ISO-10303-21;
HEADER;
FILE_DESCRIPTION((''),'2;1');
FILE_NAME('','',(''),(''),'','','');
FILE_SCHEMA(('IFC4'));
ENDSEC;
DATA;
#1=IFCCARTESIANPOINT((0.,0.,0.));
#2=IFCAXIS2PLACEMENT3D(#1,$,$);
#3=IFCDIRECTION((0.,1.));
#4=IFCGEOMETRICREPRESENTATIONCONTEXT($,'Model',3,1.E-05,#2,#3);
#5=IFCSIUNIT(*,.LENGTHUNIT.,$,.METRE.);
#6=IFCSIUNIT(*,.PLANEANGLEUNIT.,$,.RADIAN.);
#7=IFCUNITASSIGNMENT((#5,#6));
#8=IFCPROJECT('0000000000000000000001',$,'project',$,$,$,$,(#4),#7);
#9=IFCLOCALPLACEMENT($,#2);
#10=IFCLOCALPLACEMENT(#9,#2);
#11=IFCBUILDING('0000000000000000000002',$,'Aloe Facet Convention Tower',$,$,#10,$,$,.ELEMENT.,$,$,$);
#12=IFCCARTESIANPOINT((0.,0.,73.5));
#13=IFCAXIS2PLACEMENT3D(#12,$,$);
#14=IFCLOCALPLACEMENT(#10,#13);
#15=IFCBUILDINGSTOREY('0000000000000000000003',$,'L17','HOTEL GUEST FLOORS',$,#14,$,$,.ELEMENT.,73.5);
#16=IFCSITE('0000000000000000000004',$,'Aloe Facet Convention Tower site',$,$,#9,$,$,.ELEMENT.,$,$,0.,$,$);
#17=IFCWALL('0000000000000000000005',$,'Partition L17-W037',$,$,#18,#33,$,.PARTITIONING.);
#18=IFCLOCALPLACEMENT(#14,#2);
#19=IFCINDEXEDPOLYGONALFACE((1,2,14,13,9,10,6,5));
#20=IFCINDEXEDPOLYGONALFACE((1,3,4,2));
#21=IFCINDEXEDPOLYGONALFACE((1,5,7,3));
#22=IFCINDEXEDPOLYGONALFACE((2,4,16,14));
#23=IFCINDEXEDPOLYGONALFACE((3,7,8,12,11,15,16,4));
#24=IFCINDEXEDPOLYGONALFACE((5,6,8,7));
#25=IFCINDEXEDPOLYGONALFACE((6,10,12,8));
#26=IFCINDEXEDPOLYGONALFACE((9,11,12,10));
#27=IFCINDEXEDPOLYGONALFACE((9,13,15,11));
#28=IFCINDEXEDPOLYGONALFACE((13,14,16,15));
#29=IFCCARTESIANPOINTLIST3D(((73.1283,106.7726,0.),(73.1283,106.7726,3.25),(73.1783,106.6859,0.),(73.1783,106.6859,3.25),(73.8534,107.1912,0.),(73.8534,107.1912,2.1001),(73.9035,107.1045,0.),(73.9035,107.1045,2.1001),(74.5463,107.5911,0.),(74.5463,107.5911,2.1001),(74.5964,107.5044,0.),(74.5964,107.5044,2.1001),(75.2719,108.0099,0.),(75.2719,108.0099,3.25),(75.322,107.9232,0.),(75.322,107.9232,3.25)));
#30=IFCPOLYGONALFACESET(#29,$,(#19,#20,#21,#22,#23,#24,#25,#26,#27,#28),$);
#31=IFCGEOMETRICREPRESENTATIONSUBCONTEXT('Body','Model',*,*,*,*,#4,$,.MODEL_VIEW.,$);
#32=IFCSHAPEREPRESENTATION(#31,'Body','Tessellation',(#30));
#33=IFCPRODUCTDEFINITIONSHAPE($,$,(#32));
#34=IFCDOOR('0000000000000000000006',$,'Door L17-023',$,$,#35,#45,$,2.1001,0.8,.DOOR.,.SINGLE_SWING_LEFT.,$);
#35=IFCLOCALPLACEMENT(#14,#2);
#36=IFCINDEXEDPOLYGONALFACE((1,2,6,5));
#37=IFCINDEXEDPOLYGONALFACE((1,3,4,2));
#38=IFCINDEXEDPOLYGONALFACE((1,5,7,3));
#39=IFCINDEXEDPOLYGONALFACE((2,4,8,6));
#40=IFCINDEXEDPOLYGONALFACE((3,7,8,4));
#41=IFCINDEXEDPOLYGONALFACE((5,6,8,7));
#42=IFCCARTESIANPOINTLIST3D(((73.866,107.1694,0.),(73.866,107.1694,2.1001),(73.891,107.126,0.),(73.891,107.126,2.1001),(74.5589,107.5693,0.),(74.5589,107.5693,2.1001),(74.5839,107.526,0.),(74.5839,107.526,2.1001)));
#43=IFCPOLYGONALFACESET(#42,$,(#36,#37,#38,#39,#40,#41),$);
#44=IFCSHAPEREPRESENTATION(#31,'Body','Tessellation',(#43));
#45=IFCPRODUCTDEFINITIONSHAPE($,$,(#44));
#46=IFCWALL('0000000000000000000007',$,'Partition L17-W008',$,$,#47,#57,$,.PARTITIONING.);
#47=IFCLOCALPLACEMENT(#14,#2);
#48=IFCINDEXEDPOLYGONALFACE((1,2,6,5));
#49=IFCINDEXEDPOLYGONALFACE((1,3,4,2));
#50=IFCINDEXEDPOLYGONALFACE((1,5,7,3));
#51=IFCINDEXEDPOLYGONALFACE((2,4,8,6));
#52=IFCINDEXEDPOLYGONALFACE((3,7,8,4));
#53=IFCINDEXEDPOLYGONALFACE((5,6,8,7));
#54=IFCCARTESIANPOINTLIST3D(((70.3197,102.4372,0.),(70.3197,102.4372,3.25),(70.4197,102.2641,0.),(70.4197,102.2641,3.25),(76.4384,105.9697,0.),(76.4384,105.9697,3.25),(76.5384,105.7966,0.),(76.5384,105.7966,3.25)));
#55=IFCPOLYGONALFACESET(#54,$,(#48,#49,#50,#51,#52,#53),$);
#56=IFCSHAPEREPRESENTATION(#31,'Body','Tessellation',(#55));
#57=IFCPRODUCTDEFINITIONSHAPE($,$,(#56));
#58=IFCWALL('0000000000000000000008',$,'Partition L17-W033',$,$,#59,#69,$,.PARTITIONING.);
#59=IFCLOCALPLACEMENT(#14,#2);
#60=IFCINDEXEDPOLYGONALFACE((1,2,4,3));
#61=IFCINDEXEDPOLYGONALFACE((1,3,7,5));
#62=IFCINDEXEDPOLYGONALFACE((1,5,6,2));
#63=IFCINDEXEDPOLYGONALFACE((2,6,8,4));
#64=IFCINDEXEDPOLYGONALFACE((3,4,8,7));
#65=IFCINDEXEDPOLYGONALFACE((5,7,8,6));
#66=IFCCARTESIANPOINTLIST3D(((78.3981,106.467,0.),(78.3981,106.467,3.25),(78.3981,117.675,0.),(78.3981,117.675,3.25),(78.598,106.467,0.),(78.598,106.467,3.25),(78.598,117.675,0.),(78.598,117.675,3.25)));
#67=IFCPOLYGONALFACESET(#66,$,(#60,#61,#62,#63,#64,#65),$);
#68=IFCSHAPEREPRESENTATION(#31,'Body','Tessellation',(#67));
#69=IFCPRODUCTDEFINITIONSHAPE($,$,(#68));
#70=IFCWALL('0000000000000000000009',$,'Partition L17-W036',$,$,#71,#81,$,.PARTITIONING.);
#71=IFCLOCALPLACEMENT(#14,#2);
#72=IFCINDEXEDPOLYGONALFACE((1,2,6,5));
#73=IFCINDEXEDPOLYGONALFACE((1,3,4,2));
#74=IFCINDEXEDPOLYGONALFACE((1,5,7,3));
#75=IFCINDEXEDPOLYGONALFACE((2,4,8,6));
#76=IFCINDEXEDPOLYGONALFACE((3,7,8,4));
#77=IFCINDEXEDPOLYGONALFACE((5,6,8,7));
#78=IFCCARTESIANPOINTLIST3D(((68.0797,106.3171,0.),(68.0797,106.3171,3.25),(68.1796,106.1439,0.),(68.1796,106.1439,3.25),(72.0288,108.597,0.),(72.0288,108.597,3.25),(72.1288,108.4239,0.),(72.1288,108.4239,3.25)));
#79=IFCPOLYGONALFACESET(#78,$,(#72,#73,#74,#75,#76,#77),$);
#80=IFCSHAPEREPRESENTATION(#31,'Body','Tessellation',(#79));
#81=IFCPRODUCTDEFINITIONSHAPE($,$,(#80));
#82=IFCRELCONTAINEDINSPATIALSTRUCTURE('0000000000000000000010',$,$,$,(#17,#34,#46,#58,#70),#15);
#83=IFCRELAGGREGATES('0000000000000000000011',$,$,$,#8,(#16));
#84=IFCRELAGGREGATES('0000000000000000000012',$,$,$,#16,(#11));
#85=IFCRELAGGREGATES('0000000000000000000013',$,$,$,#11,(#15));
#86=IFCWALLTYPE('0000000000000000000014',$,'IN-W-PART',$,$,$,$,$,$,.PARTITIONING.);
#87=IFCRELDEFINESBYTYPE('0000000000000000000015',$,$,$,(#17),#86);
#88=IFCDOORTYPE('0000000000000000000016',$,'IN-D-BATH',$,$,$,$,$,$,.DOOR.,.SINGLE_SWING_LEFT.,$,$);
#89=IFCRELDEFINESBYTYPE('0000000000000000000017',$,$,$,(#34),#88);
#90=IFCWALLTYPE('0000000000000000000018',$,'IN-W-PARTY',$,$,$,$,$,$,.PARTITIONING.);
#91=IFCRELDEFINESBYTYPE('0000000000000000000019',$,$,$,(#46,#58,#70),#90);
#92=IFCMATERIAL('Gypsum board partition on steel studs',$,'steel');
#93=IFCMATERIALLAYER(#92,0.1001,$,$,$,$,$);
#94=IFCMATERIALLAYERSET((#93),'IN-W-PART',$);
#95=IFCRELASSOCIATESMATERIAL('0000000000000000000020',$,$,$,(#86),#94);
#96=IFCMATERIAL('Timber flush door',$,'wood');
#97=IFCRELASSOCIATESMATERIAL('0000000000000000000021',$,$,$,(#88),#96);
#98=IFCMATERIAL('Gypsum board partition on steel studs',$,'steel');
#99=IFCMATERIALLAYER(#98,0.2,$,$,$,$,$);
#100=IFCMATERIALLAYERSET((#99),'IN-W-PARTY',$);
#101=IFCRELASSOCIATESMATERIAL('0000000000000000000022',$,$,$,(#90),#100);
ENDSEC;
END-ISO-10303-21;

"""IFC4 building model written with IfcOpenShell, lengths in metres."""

from ifc_helpers import new_model, si_unit, direction, frame, frame_2d, origin, place, context, subcontext, project, spatial, rectangle, extrude, material, layer, layer_set, type_object, element, fill, save


model = new_model("IFC4")

# Units and contexts
model_context = context("Model", 3, precision=1e-05, world=origin(), true_north=direction((0.0, 1.0)))
body_context = subcontext(model_context, "Body", "Model", "MODEL_VIEW")
ifc_project = project(units=[si_unit("LENGTHUNIT", "METRE"), si_unit("PLANEANGLEUNIT", "RADIAN")], contexts=[model_context])

# Site, building, storey
site_placement = place(None, origin())
site = spatial("IfcSite", under=ifc_project, at=site_placement, Name="Aloe Facet Convention Tower site", CompositionType="ELEMENT", RefElevation=0.0)
building_placement = place(site_placement, origin())
building = spatial("IfcBuilding", under=site, at=building_placement, Name="Aloe Facet Convention Tower", CompositionType="ELEMENT")
storey_placement = place(building_placement, frame((0.0, 0.0, 73.5)))
storey = spatial("IfcBuildingStorey", under=building, at=storey_placement, Name="L17", Description="HOTEL GUEST FLOORS", CompositionType="ELEMENT", Elevation=73.5)

# Shared definitions
ifc_material_1 = material(Name="Gypsum board partition on steel studs", Category="steel")
ifc_layer_1 = layer(ifc_material_1, 0.1001)
ifc_layer_set_1 = layer_set([ifc_layer_1], Name="IN-W-PART")
wall_type_1 = type_object("IfcWallType", Name="IN-W-PART", PredefinedType="PARTITIONING", material=ifc_layer_set_1)

# Shared definitions
ifc_material_2 = material(Name="Timber flush door", Category="wood")
door_type_1 = type_object("IfcDoorType", Name="IN-D-BATH", OperationType="SINGLE_SWING_LEFT", PredefinedType="DOOR", material=ifc_material_2)

# Wall, opening, door
wall_1_placement = place(storey_placement, frame((73.1533, 106.7292, 0.0), z_axis=(0.0, 0.0, 1.0), x_axis=(0.866074, 0.499916, 0.0)))
wall_1 = element("IfcWall", 1, at=wall_1_placement, inside=storey, type_object=wall_type_1, Name="Partition L17-W037", PredefinedType="PARTITIONING", context=body_context, shape_type="SweptSolid", body=[
    extrude(rectangle(XDim=2.4751, YDim=0.1001, at=frame_2d((1.2375, 0.0))), origin(), (0.0, 0.0, 1.0), 3.25),
])
opening_1_placement = place(wall_1_placement, frame((0.8374, 0.0, 0.0)))
opening_1 = element("IfcOpeningElement", 2, at=opening_1_placement, cuts=wall_1, PredefinedType="OPENING", context=body_context, shape_type="SweptSolid", body=[
    extrude(rectangle(XDim=0.8, YDim=2.1001, at=frame_2d((0.3999, 1.05))), frame((0.0, 0.0601, 0.0), z_axis=(0.0, -1.0, 0.0), x_axis=(1.0, 0.0, 0.0)), (0.0, 0.0, 1.0), 0.1201),
])
door_1_placement = place(opening_1_placement, origin())
door_1 = element("IfcDoor", 3, at=door_1_placement, inside=storey, type_object=door_type_1, Name="Door L17-023", OperationType="SINGLE_SWING_LEFT", OverallHeight=2.1001, OverallWidth=0.8, PredefinedType="DOOR", context=body_context, shape_type="SweptSolid", body=[
    extrude(rectangle(XDim=0.8, YDim=2.1001, at=frame_2d((0.3999, 1.05))), frame((0.0, 0.0249, 0.0), z_axis=(0.0, -1.0, 0.0), x_axis=(1.0, 0.0, 0.0)), (0.0, 0.0, 1.0), 0.05),
])
fill(opening_1, door_1)

# Walls
ifc_material_3 = material(Name="Gypsum board partition on steel studs", Category="steel")
ifc_layer_2 = layer(ifc_material_3, 0.2)
ifc_layer_set_2 = layer_set([ifc_layer_2], Name="IN-W-PARTY")
wall_type_2 = type_object("IfcWallType", Name="IN-W-PARTY", PredefinedType="PARTITIONING", material=ifc_layer_set_2)
wall_2_placement = place(storey_placement, frame((70.3696, 102.3506, 0.0), z_axis=(0.0, 0.0, 1.0), x_axis=(0.866034, 0.499986, 0.0)))
element("IfcWall", 4, at=wall_2_placement, inside=storey, type_object=wall_type_2, Name="Partition L17-W008", PredefinedType="PARTITIONING", context=body_context, shape_type="SweptSolid", body=[
    extrude(rectangle(XDim=7.0652, YDim=0.2, at=frame_2d((3.5327, 0.0))), origin(), (0.0, 0.0, 1.0), 3.25),
])
wall_3_placement = place(storey_placement, frame((78.498, 106.467, 0.0), z_axis=(0.0, 0.0, 1.0), x_axis=(0.0, 1.0, 0.0)))
element("IfcWall", 5, at=wall_3_placement, inside=storey, type_object=wall_type_2, Name="Partition L17-W033", PredefinedType="PARTITIONING", context=body_context, shape_type="SweptSolid", body=[
    extrude(rectangle(XDim=11.208, YDim=0.2, at=frame_2d((5.604, 0.0))), origin(), (0.0, 0.0, 1.0), 3.25),
])
wall_4_placement = place(storey_placement, frame((68.1296, 106.2305, 0.0), z_axis=(0.0, 0.0, 1.0), x_axis=(0.86603, 0.499991, 0.0)))
element("IfcWall", 6, at=wall_4_placement, inside=storey, type_object=wall_type_2, Name="Partition L17-W036", PredefinedType="PARTITIONING", context=body_context, shape_type="SweptSolid", body=[
    extrude(rectangle(XDim=4.5601, YDim=0.2, at=frame_2d((2.28, 0.0))), origin(), (0.0, 0.0, 1.0), 3.25),
])

save(model, "model.ifc")
